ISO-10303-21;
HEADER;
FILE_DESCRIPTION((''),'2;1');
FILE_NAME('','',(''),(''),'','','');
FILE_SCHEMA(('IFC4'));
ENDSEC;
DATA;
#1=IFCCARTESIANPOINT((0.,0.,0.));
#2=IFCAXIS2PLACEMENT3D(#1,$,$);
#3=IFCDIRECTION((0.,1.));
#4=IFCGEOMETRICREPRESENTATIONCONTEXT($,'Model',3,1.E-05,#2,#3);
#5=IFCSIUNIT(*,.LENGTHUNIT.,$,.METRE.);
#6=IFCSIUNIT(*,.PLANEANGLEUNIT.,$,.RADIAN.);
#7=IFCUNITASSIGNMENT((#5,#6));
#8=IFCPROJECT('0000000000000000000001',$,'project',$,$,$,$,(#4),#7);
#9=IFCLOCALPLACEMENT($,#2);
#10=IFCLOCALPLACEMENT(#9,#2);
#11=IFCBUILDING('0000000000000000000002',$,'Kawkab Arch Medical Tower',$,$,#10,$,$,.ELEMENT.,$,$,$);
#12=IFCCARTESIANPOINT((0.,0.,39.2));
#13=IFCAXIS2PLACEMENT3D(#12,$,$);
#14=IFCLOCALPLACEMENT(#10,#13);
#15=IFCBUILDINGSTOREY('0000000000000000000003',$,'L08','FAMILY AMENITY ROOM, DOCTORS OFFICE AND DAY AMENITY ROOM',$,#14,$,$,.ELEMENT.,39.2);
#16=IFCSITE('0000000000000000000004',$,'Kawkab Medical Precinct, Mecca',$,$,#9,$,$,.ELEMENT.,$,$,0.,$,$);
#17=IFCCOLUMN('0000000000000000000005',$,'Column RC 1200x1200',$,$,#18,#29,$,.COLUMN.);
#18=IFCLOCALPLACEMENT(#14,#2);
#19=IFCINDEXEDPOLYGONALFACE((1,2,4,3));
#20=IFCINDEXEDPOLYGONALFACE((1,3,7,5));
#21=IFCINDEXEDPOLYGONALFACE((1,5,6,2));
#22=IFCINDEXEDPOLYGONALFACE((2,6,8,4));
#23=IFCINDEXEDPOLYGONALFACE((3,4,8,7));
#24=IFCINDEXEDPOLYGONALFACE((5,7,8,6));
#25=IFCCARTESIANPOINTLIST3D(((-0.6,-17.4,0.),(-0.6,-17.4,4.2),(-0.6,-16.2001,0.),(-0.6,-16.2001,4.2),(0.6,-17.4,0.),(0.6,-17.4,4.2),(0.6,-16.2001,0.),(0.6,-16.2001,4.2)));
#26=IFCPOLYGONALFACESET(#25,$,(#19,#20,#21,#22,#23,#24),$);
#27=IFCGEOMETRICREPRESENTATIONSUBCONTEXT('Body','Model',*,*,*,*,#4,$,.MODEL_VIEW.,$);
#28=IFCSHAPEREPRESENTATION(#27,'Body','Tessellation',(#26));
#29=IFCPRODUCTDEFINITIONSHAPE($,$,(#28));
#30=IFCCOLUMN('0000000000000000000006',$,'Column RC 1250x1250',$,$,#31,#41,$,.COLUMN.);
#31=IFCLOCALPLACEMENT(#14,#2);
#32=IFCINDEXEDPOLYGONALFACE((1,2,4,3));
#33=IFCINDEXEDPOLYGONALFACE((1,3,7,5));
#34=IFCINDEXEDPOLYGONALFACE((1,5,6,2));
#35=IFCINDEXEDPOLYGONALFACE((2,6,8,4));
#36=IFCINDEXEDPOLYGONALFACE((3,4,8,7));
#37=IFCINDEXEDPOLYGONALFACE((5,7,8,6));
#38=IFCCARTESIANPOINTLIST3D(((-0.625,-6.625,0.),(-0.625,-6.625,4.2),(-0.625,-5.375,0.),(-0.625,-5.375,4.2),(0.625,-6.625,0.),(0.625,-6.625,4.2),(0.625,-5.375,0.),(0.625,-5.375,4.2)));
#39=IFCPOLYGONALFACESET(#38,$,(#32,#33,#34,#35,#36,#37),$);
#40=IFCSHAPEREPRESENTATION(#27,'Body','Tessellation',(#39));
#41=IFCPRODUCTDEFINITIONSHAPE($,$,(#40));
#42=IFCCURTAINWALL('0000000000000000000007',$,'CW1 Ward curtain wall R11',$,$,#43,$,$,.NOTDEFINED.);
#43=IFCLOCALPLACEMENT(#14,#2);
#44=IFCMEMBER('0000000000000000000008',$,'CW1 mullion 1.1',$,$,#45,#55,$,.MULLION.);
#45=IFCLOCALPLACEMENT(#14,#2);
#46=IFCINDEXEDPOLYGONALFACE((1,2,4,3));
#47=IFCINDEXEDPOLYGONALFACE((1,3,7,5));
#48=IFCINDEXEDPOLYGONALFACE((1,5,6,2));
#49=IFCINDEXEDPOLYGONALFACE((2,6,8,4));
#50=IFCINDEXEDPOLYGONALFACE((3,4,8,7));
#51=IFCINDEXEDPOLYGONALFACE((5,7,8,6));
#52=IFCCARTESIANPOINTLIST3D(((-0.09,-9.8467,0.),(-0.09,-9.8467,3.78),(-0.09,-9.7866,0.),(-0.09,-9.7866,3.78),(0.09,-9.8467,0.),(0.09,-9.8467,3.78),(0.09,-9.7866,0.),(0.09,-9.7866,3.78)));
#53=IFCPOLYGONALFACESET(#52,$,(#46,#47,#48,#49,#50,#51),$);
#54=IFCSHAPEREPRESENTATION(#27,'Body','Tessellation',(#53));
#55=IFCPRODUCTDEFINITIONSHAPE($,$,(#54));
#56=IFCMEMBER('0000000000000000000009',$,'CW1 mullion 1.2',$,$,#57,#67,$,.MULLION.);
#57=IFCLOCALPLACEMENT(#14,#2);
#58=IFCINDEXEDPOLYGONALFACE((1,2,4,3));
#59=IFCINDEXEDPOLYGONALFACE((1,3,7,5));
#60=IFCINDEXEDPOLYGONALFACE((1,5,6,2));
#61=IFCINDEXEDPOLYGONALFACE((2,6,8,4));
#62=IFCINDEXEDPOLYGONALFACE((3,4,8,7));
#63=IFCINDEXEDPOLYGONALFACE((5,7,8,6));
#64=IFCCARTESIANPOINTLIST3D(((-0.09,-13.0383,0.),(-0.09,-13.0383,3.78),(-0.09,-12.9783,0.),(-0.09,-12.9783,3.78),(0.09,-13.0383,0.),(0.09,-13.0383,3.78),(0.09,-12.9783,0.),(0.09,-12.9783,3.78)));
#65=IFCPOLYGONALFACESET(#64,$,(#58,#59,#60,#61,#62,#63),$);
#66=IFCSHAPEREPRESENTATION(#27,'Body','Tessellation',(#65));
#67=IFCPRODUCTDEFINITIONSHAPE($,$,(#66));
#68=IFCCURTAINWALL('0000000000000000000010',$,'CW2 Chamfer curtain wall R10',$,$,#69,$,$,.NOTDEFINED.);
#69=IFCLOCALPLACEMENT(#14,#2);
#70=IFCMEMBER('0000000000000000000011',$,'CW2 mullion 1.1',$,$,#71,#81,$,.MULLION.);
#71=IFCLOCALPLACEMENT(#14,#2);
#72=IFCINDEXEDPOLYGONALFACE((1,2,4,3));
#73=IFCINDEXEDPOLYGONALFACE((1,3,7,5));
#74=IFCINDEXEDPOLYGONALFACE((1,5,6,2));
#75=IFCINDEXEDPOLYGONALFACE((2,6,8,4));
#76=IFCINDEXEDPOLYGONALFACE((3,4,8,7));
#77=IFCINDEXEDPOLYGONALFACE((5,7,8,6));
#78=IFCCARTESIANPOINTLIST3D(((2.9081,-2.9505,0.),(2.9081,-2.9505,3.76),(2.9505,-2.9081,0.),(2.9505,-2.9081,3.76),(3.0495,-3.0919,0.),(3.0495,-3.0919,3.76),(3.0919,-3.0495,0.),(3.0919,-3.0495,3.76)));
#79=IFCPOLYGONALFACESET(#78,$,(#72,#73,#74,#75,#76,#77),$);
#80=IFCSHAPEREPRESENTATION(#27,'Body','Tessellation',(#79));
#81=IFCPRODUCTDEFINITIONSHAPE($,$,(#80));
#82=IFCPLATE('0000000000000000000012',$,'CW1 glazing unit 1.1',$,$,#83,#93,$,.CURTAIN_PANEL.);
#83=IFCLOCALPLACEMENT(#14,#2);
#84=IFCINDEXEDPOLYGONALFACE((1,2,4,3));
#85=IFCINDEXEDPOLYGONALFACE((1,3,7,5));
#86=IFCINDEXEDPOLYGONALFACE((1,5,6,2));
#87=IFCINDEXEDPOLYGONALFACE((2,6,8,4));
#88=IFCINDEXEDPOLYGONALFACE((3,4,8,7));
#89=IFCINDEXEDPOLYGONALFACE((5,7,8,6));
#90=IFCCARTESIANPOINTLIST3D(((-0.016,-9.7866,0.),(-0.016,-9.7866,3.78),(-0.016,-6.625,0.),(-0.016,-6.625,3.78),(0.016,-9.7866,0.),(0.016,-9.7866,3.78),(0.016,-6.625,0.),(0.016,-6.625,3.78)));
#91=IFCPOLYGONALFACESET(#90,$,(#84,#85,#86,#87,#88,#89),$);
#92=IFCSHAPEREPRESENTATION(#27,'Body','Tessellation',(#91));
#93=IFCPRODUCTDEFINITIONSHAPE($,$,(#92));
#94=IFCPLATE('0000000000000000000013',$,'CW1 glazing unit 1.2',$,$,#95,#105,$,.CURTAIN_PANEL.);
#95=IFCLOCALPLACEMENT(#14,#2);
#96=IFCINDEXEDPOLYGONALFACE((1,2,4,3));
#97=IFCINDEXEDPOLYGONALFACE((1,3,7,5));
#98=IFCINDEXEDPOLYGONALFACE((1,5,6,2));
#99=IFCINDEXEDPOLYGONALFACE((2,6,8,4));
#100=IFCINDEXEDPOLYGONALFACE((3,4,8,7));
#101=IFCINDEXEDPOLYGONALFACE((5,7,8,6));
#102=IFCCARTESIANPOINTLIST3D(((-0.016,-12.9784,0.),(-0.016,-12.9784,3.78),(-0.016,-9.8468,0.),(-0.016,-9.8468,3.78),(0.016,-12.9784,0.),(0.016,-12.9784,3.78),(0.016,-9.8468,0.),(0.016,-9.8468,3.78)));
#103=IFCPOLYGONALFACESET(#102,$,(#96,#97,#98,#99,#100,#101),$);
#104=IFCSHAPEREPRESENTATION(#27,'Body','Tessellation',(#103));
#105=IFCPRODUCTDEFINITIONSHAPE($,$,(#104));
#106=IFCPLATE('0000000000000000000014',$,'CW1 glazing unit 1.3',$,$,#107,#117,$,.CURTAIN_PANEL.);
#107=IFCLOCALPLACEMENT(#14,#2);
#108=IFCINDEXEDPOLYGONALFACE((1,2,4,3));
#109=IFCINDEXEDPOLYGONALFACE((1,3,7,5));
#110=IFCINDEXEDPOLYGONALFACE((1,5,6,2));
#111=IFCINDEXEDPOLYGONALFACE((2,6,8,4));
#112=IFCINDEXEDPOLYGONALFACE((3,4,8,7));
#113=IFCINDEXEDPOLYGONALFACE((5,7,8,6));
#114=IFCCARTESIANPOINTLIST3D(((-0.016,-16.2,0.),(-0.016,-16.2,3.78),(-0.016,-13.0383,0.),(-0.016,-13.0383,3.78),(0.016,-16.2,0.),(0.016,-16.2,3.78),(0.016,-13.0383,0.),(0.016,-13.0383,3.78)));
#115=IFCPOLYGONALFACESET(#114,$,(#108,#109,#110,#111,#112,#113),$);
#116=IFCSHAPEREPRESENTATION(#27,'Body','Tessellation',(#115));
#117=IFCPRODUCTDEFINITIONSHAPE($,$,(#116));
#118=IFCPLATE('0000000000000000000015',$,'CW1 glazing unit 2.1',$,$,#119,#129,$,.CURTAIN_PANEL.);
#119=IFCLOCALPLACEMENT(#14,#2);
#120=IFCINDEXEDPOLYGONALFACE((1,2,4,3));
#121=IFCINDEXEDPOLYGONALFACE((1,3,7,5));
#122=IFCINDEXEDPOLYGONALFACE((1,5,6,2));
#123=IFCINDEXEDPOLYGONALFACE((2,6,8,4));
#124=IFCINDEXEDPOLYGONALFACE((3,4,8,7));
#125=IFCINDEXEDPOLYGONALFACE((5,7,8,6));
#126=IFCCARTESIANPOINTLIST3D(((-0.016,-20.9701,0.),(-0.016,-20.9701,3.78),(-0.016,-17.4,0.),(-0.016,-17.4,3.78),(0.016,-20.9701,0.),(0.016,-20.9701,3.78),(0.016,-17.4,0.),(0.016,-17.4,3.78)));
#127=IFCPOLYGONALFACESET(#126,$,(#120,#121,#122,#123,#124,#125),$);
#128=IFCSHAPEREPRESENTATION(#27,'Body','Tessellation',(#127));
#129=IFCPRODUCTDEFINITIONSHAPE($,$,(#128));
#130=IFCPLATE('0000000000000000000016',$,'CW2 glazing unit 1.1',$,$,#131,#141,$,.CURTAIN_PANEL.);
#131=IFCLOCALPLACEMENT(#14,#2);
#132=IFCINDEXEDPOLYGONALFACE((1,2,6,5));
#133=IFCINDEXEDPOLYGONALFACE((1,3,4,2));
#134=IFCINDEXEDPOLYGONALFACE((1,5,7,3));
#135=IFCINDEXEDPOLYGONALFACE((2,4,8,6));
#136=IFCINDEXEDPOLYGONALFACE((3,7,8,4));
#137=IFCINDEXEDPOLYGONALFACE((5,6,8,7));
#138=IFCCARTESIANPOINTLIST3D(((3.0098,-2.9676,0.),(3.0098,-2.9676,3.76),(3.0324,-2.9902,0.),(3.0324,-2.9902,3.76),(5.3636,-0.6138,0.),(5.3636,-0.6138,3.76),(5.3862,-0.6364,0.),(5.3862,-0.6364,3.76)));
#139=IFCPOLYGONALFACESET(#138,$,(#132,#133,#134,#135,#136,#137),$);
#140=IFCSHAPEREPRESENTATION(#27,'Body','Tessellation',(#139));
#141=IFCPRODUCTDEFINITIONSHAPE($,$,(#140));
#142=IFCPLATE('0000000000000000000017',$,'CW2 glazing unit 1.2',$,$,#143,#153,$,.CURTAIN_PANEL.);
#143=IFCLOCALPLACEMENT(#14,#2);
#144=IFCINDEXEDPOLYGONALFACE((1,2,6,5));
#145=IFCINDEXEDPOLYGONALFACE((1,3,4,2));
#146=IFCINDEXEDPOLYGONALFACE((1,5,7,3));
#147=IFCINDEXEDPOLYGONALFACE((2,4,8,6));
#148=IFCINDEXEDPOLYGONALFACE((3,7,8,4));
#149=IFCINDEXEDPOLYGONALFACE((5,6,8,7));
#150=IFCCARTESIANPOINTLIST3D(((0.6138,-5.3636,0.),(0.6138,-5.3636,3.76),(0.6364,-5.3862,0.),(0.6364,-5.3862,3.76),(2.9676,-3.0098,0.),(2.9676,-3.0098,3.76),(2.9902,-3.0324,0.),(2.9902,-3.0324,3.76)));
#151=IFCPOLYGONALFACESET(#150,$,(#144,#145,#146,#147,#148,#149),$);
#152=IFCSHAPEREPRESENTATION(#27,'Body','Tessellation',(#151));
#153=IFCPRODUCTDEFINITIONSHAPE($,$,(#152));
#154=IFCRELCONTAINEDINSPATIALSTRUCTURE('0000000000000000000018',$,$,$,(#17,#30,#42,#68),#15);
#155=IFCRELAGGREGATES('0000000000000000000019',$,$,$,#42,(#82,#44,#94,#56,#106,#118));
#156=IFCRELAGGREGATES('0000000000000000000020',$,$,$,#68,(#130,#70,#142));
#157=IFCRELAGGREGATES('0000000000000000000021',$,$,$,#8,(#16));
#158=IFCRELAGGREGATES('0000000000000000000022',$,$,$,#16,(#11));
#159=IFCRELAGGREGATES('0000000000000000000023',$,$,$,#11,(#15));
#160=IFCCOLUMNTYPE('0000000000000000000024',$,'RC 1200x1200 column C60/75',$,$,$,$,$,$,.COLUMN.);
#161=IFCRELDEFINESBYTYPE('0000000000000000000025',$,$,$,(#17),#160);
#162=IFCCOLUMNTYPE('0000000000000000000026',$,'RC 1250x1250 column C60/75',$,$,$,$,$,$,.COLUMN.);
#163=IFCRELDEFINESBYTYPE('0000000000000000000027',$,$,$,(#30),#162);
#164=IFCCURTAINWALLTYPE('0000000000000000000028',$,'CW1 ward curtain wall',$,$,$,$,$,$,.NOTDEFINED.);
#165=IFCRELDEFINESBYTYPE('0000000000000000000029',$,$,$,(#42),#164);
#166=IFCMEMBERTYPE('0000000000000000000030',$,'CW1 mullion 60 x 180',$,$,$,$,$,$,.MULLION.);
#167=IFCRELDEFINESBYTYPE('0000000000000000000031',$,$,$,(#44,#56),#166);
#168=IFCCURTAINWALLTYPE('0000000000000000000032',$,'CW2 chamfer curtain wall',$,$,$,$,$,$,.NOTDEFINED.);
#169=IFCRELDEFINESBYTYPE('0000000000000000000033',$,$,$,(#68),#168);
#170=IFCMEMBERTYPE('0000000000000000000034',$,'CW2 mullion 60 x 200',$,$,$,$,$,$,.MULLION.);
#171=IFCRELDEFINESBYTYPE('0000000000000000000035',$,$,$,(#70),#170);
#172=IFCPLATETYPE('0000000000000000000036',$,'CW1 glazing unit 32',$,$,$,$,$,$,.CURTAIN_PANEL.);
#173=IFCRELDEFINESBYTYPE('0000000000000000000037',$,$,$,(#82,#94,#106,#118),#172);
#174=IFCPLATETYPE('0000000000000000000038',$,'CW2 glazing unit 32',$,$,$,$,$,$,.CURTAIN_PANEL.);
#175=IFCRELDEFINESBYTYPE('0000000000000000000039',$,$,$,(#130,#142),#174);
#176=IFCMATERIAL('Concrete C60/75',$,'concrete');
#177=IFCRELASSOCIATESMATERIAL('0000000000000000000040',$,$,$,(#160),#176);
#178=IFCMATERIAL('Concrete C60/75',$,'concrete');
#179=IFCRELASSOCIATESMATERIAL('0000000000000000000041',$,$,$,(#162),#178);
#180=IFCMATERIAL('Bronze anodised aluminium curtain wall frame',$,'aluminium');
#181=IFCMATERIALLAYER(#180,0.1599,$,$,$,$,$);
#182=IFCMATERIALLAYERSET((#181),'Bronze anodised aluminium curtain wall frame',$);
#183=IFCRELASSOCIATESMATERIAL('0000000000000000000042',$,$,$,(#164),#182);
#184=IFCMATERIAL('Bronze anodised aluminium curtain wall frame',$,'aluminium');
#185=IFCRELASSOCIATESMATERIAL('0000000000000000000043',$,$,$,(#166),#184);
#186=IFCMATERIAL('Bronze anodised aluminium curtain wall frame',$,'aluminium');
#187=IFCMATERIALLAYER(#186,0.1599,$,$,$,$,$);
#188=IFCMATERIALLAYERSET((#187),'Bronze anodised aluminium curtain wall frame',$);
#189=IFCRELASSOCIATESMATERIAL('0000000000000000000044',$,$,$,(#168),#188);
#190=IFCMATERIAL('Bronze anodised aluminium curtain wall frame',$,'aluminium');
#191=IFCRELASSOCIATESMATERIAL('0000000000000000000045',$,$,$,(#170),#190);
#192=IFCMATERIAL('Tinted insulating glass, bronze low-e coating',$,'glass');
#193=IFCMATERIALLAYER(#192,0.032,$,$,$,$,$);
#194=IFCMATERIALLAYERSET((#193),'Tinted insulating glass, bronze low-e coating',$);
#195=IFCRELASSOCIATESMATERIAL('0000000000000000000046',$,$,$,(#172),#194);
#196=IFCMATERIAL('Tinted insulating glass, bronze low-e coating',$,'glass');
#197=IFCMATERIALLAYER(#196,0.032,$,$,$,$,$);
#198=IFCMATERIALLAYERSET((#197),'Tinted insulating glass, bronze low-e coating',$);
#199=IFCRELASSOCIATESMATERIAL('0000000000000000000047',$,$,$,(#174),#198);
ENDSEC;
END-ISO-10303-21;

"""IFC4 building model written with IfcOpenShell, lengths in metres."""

from ifc_helpers import new_model, si_unit, direction, frame, origin, origin_2d, place, context, subcontext, project, spatial, rectangle, extrude, material, layer, layer_set, material_profile, profile_set, type_object, element, aggregate, save


model = new_model("IFC4")

# Units and contexts
model_context = context("Model", 3, precision=1e-05, world=origin(), true_north=direction((0.0, 1.0)))
body_context = subcontext(model_context, "Body", "Model", "MODEL_VIEW")
ifc_project = project(units=[si_unit("LENGTHUNIT", "METRE"), si_unit("PLANEANGLEUNIT", "RADIAN")], contexts=[model_context])

# Site, building, storey
site_placement = place(None, origin())
site = spatial("IfcSite", under=ifc_project, at=site_placement, Name="Kawkab Medical Precinct, Mecca", CompositionType="ELEMENT", RefElevation=0.0)
building_placement = place(site_placement, origin())
building = spatial("IfcBuilding", under=site, at=building_placement, Name="Kawkab Arch Medical Tower", CompositionType="ELEMENT")
storey_placement = place(building_placement, frame((0.0, 0.0, 39.2)))
storey = spatial("IfcBuildingStorey", under=building, at=storey_placement, Name="L08", Description="FAMILY AMENITY ROOM, DOCTORS OFFICE AND DAY AMENITY ROOM", CompositionType="ELEMENT", Elevation=39.2)

# Columns
ifc_material_1 = material(Name="Concrete C60/75", Category="concrete")
ifc_material_profile_1 = material_profile(ifc_material_1, rectangle(XDim=1.2, YDim=1.2, at=origin_2d()), Name="RC 1200x1200")
ifc_profile_set_1 = profile_set([ifc_material_profile_1], Name="Concrete C60/75")
column_type_1 = type_object("IfcColumnType", Name="RC 1200x1200 column C60/75", PredefinedType="COLUMN", material=ifc_profile_set_1)
column_1_placement = place(storey_placement, frame((0.0, -16.8, 0.0), z_axis=(0.0, 0.0, 1.0), x_axis=(1.0, 0.0, 0.0)))
element("IfcColumn", 1, at=column_1_placement, inside=storey, type_object=column_type_1, Name="Column RC 1200x1200", PredefinedType="COLUMN", context=body_context, shape_type="SweptSolid", body=[
    extrude(rectangle(XDim=1.2, YDim=1.2, at=origin_2d()), origin(), (0.0, 0.0, 1.0), 4.2),
])
ifc_material_2 = material(Name="Concrete C60/75", Category="concrete")
ifc_material_profile_2 = material_profile(ifc_material_2, rectangle(XDim=1.25, YDim=1.25, at=origin_2d()), Name="RC 1250x1250")
ifc_profile_set_2 = profile_set([ifc_material_profile_2], Name="Concrete C60/75")
column_type_2 = type_object("IfcColumnType", Name="RC 1250x1250 column C60/75", PredefinedType="COLUMN", material=ifc_profile_set_2)
column_2_placement = place(storey_placement, frame((0.0, -6.0, 0.0), z_axis=(0.0, 0.0, 1.0), x_axis=(1.0, 0.0, 0.0)))
element("IfcColumn", 2, at=column_2_placement, inside=storey, type_object=column_type_2, Name="Column RC 1250x1250", PredefinedType="COLUMN", context=body_context, shape_type="SweptSolid", body=[
    extrude(rectangle(XDim=1.25, YDim=1.25, at=origin_2d()), origin(), (0.0, 0.0, 1.0), 4.2),
])

# Curtain wall, members
ifc_material_3 = material(Name="Bronze anodised aluminium curtain wall frame", Category="aluminium")
ifc_layer_1 = layer(ifc_material_3, 0.1599)
ifc_layer_set_1 = layer_set([ifc_layer_1], Name="Bronze anodised aluminium curtain wall frame")
curtain_wall_type_1 = type_object("IfcCurtainWallType", Name="CW1 ward curtain wall", PredefinedType="NOTDEFINED", material=ifc_layer_set_1)
placement_1 = place(storey_placement, origin())
curtain_wall_1 = element("IfcCurtainWall", 3, at=placement_1, inside=storey, type_object=curtain_wall_type_1, Name="CW1 Ward curtain wall R11", PredefinedType="NOTDEFINED")
ifc_material_4 = material(Name="Bronze anodised aluminium curtain wall frame", Category="aluminium")
ifc_material_profile_3 = material_profile(ifc_material_4, rectangle(XDim=0.1799, YDim=0.0601, at=origin_2d()), Name="AL 60x180")
ifc_profile_set_3 = profile_set([ifc_material_profile_3], Name="Bronze anodised aluminium curtain wall frame")
member_type_1 = type_object("IfcMemberType", Name="CW1 mullion 60 x 180", PredefinedType="MULLION", material=ifc_profile_set_3)
member_1_placement = place(storey_placement, frame((0.0, -9.8167, 0.0), z_axis=(0.0, 0.0, 1.0), x_axis=(1.0, 0.0, 0.0)))
member_1 = element("IfcMember", 4, at=member_1_placement, type_object=member_type_1, Name="CW1 mullion 1.1", PredefinedType="MULLION", context=body_context, shape_type="SweptSolid", body=[
    extrude(rectangle(XDim=0.1799, YDim=0.0601, at=origin_2d()), origin(), (0.0, 0.0, 1.0), 3.78),
])
member_2_placement = place(storey_placement, frame((0.0, -13.0083, 0.0), z_axis=(0.0, 0.0, 1.0), x_axis=(1.0, 0.0, 0.0)))
member_2 = element("IfcMember", 5, at=member_2_placement, type_object=member_type_1, Name="CW1 mullion 1.2", PredefinedType="MULLION", context=body_context, shape_type="SweptSolid", body=[
    extrude(rectangle(XDim=0.1799, YDim=0.0601, at=origin_2d()), origin(), (0.0, 0.0, 1.0), 3.78),
])

# Curtain wall, member
ifc_material_5 = material(Name="Bronze anodised aluminium curtain wall frame", Category="aluminium")
ifc_layer_2 = layer(ifc_material_5, 0.1599)
ifc_layer_set_2 = layer_set([ifc_layer_2], Name="Bronze anodised aluminium curtain wall frame")
curtain_wall_type_2 = type_object("IfcCurtainWallType", Name="CW2 chamfer curtain wall", PredefinedType="NOTDEFINED", material=ifc_layer_set_2)
curtain_wall_2 = element("IfcCurtainWall", 6, at=placement_1, inside=storey, type_object=curtain_wall_type_2, Name="CW2 Chamfer curtain wall R10", PredefinedType="NOTDEFINED")
ifc_material_6 = material(Name="Bronze anodised aluminium curtain wall frame", Category="aluminium")
ifc_material_profile_4 = material_profile(ifc_material_6, rectangle(XDim=0.2, YDim=0.0601, at=origin_2d()), Name="AL 60x200")
ifc_profile_set_4 = profile_set([ifc_material_profile_4], Name="Bronze anodised aluminium curtain wall frame")
member_type_2 = type_object("IfcMemberType", Name="CW2 mullion 60 x 200", PredefinedType="MULLION", material=ifc_profile_set_4)
member_3_placement = place(storey_placement, frame((3.0, -3.0, 0.0), z_axis=(0.0, 0.0, 1.0), x_axis=(0.707107, -0.707107, 0.0)))
member_3 = element("IfcMember", 7, at=member_3_placement, type_object=member_type_2, Name="CW2 mullion 1.1", PredefinedType="MULLION", context=body_context, shape_type="SweptSolid", body=[
    extrude(rectangle(XDim=0.2, YDim=0.0601, at=origin_2d()), origin(), (0.0, 0.0, 1.0), 3.76),
])

# Plates
ifc_material_7 = material(Name="Tinted insulating glass, bronze low-e coating", Category="glass")
ifc_layer_3 = layer(ifc_material_7, 0.032)
ifc_layer_set_3 = layer_set([ifc_layer_3], Name="Tinted insulating glass, bronze low-e coating")
plate_type_1 = type_object("IfcPlateType", Name="CW1 glazing unit 32", PredefinedType="CURTAIN_PANEL", material=ifc_layer_set_3)
plate_1_placement = place(storey_placement, frame((0.0, -8.2058, 0.0), z_axis=(0.0, 0.0, 1.0), x_axis=(0.0, -1.0, 0.0)))
plate_1 = element("IfcPlate", 8, at=plate_1_placement, type_object=plate_type_1, Name="CW1 glazing unit 1.1", PredefinedType="CURTAIN_PANEL", context=body_context, shape_type="SweptSolid", body=[
    extrude(rectangle(XDim=3.1616, YDim=0.032, at=origin_2d()), origin(), (0.0, 0.0, 1.0), 3.78),
])
plate_2_placement = place(storey_placement, frame((0.0, -11.4126, 0.0), z_axis=(0.0, 0.0, 1.0), x_axis=(0.0, -1.0, 0.0)))
plate_2 = element("IfcPlate", 9, at=plate_2_placement, type_object=plate_type_1, Name="CW1 glazing unit 1.2", PredefinedType="CURTAIN_PANEL", context=body_context, shape_type="SweptSolid", body=[
    extrude(rectangle(XDim=3.1316, YDim=0.032, at=origin_2d()), origin(), (0.0, 0.0, 1.0), 3.78),
])
plate_3_placement = place(storey_placement, frame((0.0, -14.6191, 0.0), z_axis=(0.0, 0.0, 1.0), x_axis=(0.0, -1.0, 0.0)))
plate_3 = element("IfcPlate", 10, at=plate_3_placement, type_object=plate_type_1, Name="CW1 glazing unit 1.3", PredefinedType="CURTAIN_PANEL", context=body_context, shape_type="SweptSolid", body=[
    extrude(rectangle(XDim=3.1616, YDim=0.032, at=origin_2d()), origin(), (0.0, 0.0, 1.0), 3.78),
])
plate_4_placement = place(storey_placement, frame((0.0, -19.1851, 0.0), z_axis=(0.0, 0.0, 1.0), x_axis=(0.0, -1.0, 0.0)))
plate_4 = element("IfcPlate", 11, at=plate_4_placement, type_object=plate_type_1, Name="CW1 glazing unit 2.1", PredefinedType="CURTAIN_PANEL", context=body_context, shape_type="SweptSolid", body=[
    extrude(rectangle(XDim=3.5701, YDim=0.032, at=origin_2d()), origin(), (0.0, 0.0, 1.0), 3.78),
])
aggregate(curtain_wall_1, [plate_1, member_1, plate_2, member_2, plate_3, plate_4])
ifc_material_8 = material(Name="Tinted insulating glass, bronze low-e coating", Category="glass")
ifc_layer_4 = layer(ifc_material_8, 0.032)
ifc_layer_set_4 = layer_set([ifc_layer_4], Name="Tinted insulating glass, bronze low-e coating")
plate_type_2 = type_object("IfcPlateType", Name="CW2 glazing unit 32", PredefinedType="CURTAIN_PANEL", material=ifc_layer_set_4)
plate_5_placement = place(storey_placement, frame((4.198, -1.802, 0.0), z_axis=(0.0, 0.0, 1.0), x_axis=(-0.707107, -0.707107, 0.0)))
plate_5 = element("IfcPlate", 12, at=plate_5_placement, type_object=plate_type_2, Name="CW2 glazing unit 1.1", PredefinedType="CURTAIN_PANEL", context=body_context, shape_type="SweptSolid", body=[
    extrude(rectangle(XDim=3.3289, YDim=0.032, at=origin_2d()), origin(), (0.0, 0.0, 1.0), 3.76),
])
plate_6_placement = place(storey_placement, frame((1.802, -4.198, 0.0), z_axis=(0.0, 0.0, 1.0), x_axis=(-0.707107, -0.707107, 0.0)))
plate_6 = element("IfcPlate", 13, at=plate_6_placement, type_object=plate_type_2, Name="CW2 glazing unit 1.2", PredefinedType="CURTAIN_PANEL", context=body_context, shape_type="SweptSolid", body=[
    extrude(rectangle(XDim=3.3289, YDim=0.032, at=origin_2d()), origin(), (0.0, 0.0, 1.0), 3.76),
])
aggregate(curtain_wall_2, [plate_5, member_3, plate_6])

save(model, "model.ifc")
